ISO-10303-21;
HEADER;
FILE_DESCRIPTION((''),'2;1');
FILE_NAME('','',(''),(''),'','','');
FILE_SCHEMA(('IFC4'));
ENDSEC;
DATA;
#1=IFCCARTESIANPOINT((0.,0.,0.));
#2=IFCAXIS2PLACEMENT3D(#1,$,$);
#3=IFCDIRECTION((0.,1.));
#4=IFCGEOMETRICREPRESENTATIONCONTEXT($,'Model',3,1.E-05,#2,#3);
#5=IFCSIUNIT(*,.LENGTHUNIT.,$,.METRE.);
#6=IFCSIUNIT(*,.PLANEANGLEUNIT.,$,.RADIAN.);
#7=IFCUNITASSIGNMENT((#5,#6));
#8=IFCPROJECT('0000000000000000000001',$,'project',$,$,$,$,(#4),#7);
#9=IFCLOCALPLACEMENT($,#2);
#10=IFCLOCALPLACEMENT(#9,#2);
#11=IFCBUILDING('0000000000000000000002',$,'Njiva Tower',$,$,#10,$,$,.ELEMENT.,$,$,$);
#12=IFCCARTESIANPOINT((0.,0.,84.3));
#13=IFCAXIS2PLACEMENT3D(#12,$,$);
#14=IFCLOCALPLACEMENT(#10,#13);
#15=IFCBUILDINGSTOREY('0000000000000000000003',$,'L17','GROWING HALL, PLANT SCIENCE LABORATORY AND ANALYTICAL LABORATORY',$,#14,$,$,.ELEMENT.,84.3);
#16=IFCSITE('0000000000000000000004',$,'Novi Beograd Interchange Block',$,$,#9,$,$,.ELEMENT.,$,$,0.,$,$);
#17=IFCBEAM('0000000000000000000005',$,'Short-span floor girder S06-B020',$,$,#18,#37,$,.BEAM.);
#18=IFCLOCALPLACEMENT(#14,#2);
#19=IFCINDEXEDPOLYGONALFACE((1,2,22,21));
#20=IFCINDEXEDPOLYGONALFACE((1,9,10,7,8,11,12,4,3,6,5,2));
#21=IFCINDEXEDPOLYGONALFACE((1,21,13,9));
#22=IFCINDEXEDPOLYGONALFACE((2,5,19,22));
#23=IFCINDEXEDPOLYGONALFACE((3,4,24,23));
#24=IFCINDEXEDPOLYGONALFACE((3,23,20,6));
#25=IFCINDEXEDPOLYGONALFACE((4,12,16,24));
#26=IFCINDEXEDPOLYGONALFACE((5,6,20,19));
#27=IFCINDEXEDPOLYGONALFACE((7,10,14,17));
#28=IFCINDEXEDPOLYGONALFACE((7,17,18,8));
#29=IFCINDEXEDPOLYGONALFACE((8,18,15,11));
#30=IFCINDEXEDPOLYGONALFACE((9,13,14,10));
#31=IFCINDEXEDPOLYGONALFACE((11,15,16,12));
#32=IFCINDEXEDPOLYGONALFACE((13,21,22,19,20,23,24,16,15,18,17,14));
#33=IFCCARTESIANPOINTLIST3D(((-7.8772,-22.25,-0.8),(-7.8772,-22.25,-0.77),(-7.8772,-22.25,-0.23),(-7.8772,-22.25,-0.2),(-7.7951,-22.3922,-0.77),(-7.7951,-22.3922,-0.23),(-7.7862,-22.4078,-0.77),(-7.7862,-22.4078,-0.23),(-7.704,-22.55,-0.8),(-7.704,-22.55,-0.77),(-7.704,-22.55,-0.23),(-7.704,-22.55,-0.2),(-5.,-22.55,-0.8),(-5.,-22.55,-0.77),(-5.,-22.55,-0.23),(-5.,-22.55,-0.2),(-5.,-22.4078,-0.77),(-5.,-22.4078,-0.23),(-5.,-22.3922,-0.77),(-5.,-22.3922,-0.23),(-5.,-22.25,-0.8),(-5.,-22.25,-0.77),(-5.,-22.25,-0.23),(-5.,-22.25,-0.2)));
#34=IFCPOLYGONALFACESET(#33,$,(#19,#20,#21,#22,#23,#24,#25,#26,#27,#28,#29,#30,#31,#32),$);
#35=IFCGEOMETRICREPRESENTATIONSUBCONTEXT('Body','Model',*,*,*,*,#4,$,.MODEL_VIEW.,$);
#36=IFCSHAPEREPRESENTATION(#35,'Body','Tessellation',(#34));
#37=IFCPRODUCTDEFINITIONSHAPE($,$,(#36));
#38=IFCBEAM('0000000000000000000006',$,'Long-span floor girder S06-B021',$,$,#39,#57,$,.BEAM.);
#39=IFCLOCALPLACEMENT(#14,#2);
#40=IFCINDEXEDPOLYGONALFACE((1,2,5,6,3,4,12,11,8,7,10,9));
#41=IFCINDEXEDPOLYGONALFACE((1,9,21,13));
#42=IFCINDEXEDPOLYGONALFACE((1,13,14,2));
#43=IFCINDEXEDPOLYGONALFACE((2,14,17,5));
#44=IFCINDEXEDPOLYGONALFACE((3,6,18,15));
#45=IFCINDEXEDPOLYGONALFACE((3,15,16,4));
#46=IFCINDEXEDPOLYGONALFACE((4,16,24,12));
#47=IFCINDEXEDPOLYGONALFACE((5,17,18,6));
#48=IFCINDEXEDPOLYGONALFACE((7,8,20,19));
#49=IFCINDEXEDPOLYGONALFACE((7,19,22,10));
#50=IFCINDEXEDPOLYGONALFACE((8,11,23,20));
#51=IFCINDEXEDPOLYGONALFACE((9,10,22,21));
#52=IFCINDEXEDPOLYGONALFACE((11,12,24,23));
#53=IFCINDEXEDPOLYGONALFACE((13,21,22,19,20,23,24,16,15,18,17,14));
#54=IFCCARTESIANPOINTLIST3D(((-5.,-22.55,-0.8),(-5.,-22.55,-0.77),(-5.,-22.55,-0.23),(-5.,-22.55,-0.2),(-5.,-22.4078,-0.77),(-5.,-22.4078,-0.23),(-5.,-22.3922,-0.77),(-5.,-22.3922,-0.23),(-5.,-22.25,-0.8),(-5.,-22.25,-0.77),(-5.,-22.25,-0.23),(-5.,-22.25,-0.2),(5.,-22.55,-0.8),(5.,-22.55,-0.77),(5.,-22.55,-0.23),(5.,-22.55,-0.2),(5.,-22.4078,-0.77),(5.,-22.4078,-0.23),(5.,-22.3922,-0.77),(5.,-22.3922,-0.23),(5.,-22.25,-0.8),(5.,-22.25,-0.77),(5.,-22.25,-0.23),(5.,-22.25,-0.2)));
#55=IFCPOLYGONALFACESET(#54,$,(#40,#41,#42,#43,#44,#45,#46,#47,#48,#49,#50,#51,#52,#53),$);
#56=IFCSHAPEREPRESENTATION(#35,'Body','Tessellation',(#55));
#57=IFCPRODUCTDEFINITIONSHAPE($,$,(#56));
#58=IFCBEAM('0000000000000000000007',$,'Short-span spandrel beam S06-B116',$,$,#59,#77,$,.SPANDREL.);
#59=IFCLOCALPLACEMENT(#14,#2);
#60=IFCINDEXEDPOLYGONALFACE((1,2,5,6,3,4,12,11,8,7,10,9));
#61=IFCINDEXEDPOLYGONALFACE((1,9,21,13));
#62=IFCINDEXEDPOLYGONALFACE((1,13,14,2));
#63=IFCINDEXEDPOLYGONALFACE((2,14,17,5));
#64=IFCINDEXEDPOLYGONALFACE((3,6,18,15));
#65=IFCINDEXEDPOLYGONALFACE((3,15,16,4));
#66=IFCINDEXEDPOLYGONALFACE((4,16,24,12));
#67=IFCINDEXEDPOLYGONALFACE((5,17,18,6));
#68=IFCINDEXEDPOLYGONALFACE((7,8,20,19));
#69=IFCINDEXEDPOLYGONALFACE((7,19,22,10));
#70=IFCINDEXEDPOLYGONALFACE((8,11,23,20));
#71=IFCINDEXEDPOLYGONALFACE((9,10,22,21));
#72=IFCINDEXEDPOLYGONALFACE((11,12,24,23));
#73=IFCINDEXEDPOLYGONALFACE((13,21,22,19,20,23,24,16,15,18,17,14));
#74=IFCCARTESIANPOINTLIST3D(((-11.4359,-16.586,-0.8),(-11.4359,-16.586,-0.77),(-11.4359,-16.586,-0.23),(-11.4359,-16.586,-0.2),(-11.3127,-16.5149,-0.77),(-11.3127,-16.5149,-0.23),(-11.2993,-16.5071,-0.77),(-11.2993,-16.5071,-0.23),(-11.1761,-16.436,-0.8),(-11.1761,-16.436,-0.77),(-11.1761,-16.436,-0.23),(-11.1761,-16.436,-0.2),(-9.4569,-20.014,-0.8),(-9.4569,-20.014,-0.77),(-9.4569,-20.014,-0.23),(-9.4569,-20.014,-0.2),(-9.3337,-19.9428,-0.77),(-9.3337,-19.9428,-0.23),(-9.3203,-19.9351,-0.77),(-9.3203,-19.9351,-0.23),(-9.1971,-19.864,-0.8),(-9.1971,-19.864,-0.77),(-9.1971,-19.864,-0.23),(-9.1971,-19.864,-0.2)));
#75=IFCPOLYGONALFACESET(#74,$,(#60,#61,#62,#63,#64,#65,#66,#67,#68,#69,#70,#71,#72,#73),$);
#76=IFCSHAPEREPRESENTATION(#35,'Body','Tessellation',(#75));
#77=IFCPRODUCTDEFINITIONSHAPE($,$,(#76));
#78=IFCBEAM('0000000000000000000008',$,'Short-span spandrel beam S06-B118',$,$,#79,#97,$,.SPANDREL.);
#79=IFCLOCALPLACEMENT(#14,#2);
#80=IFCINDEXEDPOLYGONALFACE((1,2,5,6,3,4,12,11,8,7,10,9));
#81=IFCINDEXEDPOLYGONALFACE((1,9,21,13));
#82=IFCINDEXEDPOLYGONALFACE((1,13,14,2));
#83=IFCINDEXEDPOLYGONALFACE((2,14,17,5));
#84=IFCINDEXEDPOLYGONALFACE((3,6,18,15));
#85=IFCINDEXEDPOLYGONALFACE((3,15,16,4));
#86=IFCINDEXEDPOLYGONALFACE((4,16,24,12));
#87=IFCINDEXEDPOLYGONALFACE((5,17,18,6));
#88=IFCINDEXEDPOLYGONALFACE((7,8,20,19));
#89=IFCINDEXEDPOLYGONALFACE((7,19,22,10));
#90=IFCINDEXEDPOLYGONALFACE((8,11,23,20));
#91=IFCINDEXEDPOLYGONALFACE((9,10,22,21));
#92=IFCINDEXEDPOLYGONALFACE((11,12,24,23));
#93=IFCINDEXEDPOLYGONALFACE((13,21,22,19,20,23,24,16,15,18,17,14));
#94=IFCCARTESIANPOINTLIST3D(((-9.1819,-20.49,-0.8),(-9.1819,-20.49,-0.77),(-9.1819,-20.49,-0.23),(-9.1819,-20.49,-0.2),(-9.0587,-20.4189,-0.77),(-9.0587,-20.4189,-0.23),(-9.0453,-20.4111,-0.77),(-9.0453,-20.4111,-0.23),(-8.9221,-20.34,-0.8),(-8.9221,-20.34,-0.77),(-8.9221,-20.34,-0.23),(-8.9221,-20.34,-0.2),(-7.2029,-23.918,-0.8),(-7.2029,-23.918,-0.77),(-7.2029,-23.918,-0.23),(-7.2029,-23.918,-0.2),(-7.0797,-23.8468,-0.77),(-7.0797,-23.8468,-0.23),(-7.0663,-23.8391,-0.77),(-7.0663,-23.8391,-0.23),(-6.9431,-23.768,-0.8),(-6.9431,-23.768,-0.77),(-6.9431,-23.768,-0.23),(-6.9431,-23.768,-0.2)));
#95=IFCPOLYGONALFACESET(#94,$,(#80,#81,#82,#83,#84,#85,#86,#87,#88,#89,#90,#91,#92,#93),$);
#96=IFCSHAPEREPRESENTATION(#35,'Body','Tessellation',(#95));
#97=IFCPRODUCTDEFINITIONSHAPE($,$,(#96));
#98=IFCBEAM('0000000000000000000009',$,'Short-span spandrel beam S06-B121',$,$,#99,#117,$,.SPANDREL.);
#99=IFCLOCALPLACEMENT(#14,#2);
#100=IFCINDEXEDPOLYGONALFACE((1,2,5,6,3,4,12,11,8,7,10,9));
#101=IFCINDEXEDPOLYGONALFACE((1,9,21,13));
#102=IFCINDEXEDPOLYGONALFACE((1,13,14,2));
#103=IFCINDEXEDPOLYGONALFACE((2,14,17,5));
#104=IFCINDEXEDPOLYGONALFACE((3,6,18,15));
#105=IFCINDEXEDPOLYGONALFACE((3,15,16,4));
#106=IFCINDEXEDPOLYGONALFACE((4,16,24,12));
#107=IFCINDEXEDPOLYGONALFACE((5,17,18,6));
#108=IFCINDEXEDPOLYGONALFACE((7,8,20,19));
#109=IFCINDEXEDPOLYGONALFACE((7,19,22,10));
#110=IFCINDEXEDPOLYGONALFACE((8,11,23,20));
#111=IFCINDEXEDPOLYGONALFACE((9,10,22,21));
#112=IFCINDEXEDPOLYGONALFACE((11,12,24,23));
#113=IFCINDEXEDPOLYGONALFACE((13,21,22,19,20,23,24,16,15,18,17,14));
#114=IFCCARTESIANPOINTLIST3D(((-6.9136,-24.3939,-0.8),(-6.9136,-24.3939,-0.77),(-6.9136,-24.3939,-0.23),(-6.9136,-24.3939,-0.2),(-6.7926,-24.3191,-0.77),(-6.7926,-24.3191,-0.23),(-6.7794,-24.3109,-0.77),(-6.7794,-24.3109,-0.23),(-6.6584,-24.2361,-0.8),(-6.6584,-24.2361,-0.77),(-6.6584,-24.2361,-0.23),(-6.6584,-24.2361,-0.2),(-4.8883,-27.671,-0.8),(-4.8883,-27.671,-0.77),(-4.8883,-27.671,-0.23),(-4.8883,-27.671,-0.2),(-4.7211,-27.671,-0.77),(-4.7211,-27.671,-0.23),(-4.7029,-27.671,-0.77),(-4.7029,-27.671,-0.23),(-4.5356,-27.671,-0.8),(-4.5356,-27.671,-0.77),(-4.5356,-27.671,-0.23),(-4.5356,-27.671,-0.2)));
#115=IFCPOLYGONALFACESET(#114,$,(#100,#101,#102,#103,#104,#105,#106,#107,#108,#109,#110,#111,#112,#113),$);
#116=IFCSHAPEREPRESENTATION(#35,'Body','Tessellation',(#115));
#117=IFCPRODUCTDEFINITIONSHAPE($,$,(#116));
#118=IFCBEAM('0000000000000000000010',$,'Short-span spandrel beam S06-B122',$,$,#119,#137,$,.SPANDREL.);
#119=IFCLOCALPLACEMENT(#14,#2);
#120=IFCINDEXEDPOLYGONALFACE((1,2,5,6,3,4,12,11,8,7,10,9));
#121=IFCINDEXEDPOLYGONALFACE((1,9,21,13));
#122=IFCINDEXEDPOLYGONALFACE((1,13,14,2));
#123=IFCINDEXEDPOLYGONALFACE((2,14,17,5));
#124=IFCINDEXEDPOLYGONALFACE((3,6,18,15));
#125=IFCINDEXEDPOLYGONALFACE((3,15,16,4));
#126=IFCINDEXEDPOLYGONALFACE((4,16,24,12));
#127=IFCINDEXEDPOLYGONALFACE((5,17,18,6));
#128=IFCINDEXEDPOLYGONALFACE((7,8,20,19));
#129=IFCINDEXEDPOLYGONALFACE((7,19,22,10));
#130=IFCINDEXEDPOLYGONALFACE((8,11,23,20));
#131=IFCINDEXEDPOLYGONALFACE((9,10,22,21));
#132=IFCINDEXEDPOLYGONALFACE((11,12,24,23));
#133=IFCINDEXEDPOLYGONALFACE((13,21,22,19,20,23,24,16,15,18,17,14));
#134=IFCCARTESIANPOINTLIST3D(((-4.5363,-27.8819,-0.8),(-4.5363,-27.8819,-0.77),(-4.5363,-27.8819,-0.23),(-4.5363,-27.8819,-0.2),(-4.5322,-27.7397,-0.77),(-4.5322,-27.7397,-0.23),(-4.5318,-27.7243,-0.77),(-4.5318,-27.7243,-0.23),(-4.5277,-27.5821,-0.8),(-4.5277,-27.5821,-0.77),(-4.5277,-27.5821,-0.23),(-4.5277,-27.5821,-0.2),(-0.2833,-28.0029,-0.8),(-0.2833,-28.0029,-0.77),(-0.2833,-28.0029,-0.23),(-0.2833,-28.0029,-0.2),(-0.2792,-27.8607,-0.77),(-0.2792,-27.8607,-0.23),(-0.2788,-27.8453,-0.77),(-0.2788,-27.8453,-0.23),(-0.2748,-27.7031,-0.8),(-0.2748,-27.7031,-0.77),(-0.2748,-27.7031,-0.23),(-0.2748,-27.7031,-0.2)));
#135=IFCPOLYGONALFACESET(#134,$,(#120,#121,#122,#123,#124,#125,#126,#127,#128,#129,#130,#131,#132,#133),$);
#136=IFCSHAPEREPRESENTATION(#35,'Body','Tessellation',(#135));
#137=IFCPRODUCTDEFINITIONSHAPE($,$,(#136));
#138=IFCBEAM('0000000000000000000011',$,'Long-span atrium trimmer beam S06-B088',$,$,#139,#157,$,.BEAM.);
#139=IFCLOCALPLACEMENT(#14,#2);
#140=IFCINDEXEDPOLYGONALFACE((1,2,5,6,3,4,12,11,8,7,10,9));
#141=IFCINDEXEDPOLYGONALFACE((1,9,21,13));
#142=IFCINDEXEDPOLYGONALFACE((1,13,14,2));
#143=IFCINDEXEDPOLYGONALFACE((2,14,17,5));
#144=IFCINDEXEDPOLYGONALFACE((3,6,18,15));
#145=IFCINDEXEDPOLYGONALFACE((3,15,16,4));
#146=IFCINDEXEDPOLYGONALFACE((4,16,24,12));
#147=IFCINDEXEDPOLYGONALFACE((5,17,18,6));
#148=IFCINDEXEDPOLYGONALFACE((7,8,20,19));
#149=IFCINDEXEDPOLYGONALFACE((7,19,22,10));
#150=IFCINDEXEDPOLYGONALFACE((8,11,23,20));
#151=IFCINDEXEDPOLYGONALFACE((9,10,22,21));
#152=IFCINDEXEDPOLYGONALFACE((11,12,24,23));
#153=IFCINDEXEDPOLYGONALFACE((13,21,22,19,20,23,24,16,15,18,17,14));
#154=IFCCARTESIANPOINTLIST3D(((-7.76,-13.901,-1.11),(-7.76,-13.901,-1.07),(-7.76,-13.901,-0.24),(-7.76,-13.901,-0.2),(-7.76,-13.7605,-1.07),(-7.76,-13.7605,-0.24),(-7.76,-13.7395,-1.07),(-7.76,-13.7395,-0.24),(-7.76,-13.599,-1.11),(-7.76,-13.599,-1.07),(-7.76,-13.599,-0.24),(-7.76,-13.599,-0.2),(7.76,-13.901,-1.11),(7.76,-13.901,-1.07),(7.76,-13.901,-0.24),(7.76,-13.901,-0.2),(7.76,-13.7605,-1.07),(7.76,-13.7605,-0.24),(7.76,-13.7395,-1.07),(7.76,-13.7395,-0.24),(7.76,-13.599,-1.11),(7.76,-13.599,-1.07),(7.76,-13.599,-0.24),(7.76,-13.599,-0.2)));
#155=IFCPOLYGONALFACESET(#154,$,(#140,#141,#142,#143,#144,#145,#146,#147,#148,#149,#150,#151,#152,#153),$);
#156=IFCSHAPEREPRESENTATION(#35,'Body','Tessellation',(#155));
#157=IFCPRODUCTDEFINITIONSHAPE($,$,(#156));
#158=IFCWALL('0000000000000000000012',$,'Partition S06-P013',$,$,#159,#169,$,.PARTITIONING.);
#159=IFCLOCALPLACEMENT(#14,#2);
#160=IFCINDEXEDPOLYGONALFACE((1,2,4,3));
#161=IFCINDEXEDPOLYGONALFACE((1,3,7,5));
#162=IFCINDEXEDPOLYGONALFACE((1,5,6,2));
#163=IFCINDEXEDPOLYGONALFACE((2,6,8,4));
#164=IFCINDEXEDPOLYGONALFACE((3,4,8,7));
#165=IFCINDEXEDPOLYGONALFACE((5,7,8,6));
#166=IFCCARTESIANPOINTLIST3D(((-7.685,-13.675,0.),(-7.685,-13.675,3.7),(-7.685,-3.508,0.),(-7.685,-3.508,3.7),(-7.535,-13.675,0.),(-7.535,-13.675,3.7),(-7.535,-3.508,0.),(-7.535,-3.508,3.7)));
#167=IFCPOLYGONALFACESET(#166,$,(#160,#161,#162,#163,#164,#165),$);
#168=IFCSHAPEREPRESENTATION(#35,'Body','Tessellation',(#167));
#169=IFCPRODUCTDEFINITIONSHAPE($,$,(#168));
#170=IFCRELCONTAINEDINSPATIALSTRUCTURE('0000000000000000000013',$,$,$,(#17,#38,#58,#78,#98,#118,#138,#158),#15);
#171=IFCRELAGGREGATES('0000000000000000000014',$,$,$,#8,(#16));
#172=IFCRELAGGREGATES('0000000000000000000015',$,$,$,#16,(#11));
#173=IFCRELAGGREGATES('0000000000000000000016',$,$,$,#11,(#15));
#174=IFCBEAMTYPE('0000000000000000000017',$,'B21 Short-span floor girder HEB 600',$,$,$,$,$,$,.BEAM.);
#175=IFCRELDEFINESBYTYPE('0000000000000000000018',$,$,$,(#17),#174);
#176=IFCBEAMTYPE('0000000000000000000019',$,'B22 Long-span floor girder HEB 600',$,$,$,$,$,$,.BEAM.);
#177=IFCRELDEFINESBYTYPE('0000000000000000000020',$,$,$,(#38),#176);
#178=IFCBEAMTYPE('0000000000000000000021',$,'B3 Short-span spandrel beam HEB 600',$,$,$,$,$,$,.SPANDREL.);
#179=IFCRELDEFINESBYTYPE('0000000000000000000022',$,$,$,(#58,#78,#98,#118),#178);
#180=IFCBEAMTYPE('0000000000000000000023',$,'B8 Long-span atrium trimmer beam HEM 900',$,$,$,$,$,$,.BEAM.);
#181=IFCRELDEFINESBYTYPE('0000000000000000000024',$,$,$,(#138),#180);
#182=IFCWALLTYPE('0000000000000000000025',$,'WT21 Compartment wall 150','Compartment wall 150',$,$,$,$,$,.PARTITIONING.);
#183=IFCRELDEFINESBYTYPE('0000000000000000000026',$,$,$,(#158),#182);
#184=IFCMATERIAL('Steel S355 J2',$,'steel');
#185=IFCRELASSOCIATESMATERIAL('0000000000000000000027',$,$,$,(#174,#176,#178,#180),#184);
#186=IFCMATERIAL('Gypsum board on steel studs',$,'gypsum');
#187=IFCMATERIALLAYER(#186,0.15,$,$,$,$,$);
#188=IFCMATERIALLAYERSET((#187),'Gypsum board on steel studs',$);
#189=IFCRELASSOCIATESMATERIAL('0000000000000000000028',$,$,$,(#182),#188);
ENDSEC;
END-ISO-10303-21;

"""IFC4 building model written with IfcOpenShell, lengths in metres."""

from ifc_helpers import new_model, si_unit, direction, frame, frame_2d, origin, origin_2d, place, context, subcontext, project, spatial, rectangle, i_section, extrude, clip, halfspace, material, layer, layer_set, material_profile, profile_set, type_object, element, save


model = new_model("IFC4")

# Units and contexts
model_context = context("Model", 3, precision=1e-05, world=origin(), true_north=direction((0.0, 1.0)))
body_context = subcontext(model_context, "Body", "Model", "MODEL_VIEW")
ifc_project = project(units=[si_unit("LENGTHUNIT", "METRE"), si_unit("PLANEANGLEUNIT", "RADIAN")], contexts=[model_context])

# Site, building, storey
site_placement = place(None, origin())
site = spatial("IfcSite", under=ifc_project, at=site_placement, Name="Novi Beograd Interchange Block", CompositionType="ELEMENT", RefElevation=0.0)
building_placement = place(site_placement, origin())
building = spatial("IfcBuilding", under=site, at=building_placement, Name="Njiva Tower", CompositionType="ELEMENT")
storey_placement = place(building_placement, frame((0.0, 0.0, 84.3)))
storey = spatial("IfcBuildingStorey", under=building, at=storey_placement, Name="L17", Description="GROWING HALL, PLANT SCIENCE LABORATORY AND ANALYTICAL LABORATORY", CompositionType="ELEMENT", Elevation=84.3)

# Shared definitions
ifc_material_1 = material(Name="Steel S355 J2", Category="steel")

# Beams
ifc_material_profile_1 = material_profile(ifc_material_1, i_section(OverallWidth=0.3, OverallDepth=0.6, WebThickness=0.0155, FlangeThickness=0.03, at=origin_2d()), Name="HEB 600")
ifc_profile_set_1 = profile_set([ifc_material_profile_1], Name="Steel S355 J2")
beam_type_1 = type_object("IfcBeamType", Name="B21 Short-span floor girder HEB 600", PredefinedType="BEAM", material=ifc_profile_set_1)
beam_1_placement = place(storey_placement, frame((-7.898, -22.4, -0.5), z_axis=(1.0, 0.0, 0.0), x_axis=(0.0, 1.0, 0.0)))
element("IfcBeam", 1, at=beam_1_placement, inside=storey, type_object=beam_type_1, Name="Short-span floor girder S06-B020", PredefinedType="BEAM", context=body_context, shape_type="Clipping", body=[
    clip(extrude(i_section(OverallWidth=0.3, OverallDepth=0.6, WebThickness=0.0155, FlangeThickness=0.03, at=origin_2d()), origin(), (0.0, 0.0, 1.0), 2.898), halfspace(frame((-0.025, 0.0, 0.1218), z_axis=(-0.499998, 0.0, -0.866027), x_axis=(0.0, -1.0, 0.0)), False)),
])
ifc_material_profile_2 = material_profile(ifc_material_1, i_section(OverallWidth=0.3, OverallDepth=0.6, WebThickness=0.0155, FlangeThickness=0.03, at=origin_2d()), Name="HEB 600")
ifc_profile_set_2 = profile_set([ifc_material_profile_2], Name="Steel S355 J2")
beam_type_2 = type_object("IfcBeamType", Name="B22 Long-span floor girder HEB 600", PredefinedType="BEAM", material=ifc_profile_set_2)
beam_2_placement = place(storey_placement, frame((-5.0, -22.4, -0.5), z_axis=(1.0, 0.0, 0.0), x_axis=(0.0, 1.0, 0.0)))
element("IfcBeam", 2, at=beam_2_placement, inside=storey, type_object=beam_type_2, Name="Long-span floor girder S06-B021", PredefinedType="BEAM", context=body_context, shape_type="SweptSolid", body=[
    extrude(i_section(OverallWidth=0.3, OverallDepth=0.6, WebThickness=0.0155, FlangeThickness=0.03, at=origin_2d()), origin(), (0.0, 0.0, 1.0), 10.0),
])
ifc_material_profile_3 = material_profile(ifc_material_1, i_section(OverallWidth=0.3, OverallDepth=0.6, WebThickness=0.0155, FlangeThickness=0.03, at=origin_2d()), Name="HEB 600")
ifc_profile_set_3 = profile_set([ifc_material_profile_3], Name="Steel S355 J2")
beam_type_3 = type_object("IfcBeamType", Name="B3 Short-span spandrel beam HEB 600", PredefinedType="SPANDREL", material=ifc_profile_set_3)
for number, where, z_axis, x_axis, name in (
    (3, (-11.306, -16.511, -0.5), (0.49997, -0.866043, 0.0), (0.866043, 0.49997, 0.0), "Short-span spandrel beam S06-B116"),
    (4, (-9.052, -20.415, -0.5), (0.49997, -0.866043, 0.0), (0.866043, 0.49997, 0.0), "Short-span spandrel beam S06-B118"),
):
    element("IfcBeam", number, at=place(storey_placement, frame(where, z_axis=z_axis, x_axis=x_axis)), inside=storey, type_object=beam_type_3, Name=name, PredefinedType="SPANDREL", context=body_context, shape_type="SweptSolid", body=[
        extrude(i_section(OverallWidth=0.3, OverallDepth=0.6, WebThickness=0.0155, FlangeThickness=0.03, at=origin_2d()), origin(), (0.0, 0.0, 1.0), 3.9582),
    ])
beam_3_placement = place(storey_placement, frame((-6.786, -24.315, -0.5), z_axis=(0.525709, -0.850665, 0.0), x_axis=(0.850665, 0.525709, 0.0)))
element("IfcBeam", 5, at=beam_3_placement, inside=storey, type_object=beam_type_3, Name="Short-span spandrel beam S06-B121", PredefinedType="SPANDREL", context=body_context, shape_type="Clipping", body=[
    clip(extrude(i_section(OverallWidth=0.3, OverallDepth=0.6, WebThickness=0.0155, FlangeThickness=0.03, at=origin_2d()), origin(), (0.0, 0.0, 1.0), 4.0582), halfspace(frame((-0.0259, 0.0, 3.9292), z_axis=(-0.525709, 0.0, 0.850665), x_axis=(0.0, 1.0, 0.0)), False)),
])
beam_4_placement = place(storey_placement, frame((-4.532, -27.732, -0.5), z_axis=(0.999596, -0.028439, 0.0), x_axis=(0.028439, 0.999596, 0.0)))
element("IfcBeam", 6, at=beam_4_placement, inside=storey, type_object=beam_type_3, Name="Short-span spandrel beam S06-B122", PredefinedType="SPANDREL", context=body_context, shape_type="SweptSolid", body=[
    extrude(i_section(OverallWidth=0.3, OverallDepth=0.6, WebThickness=0.0155, FlangeThickness=0.03, at=origin_2d()), origin(), (0.0, 0.0, 1.0), 4.2547),
])
ifc_material_profile_4 = material_profile(ifc_material_1, i_section(OverallWidth=0.302, OverallDepth=0.91, WebThickness=0.021, FlangeThickness=0.04, at=origin_2d()), Name="HEM 900")
ifc_profile_set_4 = profile_set([ifc_material_profile_4], Name="Steel S355 J2")
beam_type_4 = type_object("IfcBeamType", Name="B8 Long-span atrium trimmer beam HEM 900", PredefinedType="BEAM", material=ifc_profile_set_4)
beam_5_placement = place(storey_placement, frame((-7.76, -13.75, -0.655), z_axis=(1.0, 0.0, 0.0), x_axis=(0.0, 1.0, 0.0)))
element("IfcBeam", 7, at=beam_5_placement, inside=storey, type_object=beam_type_4, Name="Long-span atrium trimmer beam S06-B088", PredefinedType="BEAM", context=body_context, shape_type="SweptSolid", body=[
    extrude(i_section(OverallWidth=0.302, OverallDepth=0.91, WebThickness=0.021, FlangeThickness=0.04, at=origin_2d()), origin(), (0.0, 0.0, 1.0), 15.52),
])

# Wall
ifc_material_2 = material(Name="Gypsum board on steel studs", Category="gypsum")
ifc_layer_1 = layer(ifc_material_2, 0.15)
ifc_layer_set_1 = layer_set([ifc_layer_1], Name="Gypsum board on steel studs")
wall_type_1 = type_object("IfcWallType", Name="WT21 Compartment wall 150", Description="Compartment wall 150", PredefinedType="PARTITIONING", material=ifc_layer_set_1)
wall_1_placement = place(storey_placement, frame((-7.61, -13.675, 0.0), z_axis=(0.0, 0.0, 1.0), x_axis=(0.0, 1.0, 0.0)))
element("IfcWall", 8, at=wall_1_placement, inside=storey, type_object=wall_type_1, Name="Partition S06-P013", PredefinedType="PARTITIONING", context=body_context, shape_type="SweptSolid", body=[
    extrude(rectangle(XDim=10.167, YDim=0.15, at=frame_2d((5.0835, 0.0))), origin(), (0.0, 0.0, 1.0), 3.7),
])

save(model, "model.ifc")
